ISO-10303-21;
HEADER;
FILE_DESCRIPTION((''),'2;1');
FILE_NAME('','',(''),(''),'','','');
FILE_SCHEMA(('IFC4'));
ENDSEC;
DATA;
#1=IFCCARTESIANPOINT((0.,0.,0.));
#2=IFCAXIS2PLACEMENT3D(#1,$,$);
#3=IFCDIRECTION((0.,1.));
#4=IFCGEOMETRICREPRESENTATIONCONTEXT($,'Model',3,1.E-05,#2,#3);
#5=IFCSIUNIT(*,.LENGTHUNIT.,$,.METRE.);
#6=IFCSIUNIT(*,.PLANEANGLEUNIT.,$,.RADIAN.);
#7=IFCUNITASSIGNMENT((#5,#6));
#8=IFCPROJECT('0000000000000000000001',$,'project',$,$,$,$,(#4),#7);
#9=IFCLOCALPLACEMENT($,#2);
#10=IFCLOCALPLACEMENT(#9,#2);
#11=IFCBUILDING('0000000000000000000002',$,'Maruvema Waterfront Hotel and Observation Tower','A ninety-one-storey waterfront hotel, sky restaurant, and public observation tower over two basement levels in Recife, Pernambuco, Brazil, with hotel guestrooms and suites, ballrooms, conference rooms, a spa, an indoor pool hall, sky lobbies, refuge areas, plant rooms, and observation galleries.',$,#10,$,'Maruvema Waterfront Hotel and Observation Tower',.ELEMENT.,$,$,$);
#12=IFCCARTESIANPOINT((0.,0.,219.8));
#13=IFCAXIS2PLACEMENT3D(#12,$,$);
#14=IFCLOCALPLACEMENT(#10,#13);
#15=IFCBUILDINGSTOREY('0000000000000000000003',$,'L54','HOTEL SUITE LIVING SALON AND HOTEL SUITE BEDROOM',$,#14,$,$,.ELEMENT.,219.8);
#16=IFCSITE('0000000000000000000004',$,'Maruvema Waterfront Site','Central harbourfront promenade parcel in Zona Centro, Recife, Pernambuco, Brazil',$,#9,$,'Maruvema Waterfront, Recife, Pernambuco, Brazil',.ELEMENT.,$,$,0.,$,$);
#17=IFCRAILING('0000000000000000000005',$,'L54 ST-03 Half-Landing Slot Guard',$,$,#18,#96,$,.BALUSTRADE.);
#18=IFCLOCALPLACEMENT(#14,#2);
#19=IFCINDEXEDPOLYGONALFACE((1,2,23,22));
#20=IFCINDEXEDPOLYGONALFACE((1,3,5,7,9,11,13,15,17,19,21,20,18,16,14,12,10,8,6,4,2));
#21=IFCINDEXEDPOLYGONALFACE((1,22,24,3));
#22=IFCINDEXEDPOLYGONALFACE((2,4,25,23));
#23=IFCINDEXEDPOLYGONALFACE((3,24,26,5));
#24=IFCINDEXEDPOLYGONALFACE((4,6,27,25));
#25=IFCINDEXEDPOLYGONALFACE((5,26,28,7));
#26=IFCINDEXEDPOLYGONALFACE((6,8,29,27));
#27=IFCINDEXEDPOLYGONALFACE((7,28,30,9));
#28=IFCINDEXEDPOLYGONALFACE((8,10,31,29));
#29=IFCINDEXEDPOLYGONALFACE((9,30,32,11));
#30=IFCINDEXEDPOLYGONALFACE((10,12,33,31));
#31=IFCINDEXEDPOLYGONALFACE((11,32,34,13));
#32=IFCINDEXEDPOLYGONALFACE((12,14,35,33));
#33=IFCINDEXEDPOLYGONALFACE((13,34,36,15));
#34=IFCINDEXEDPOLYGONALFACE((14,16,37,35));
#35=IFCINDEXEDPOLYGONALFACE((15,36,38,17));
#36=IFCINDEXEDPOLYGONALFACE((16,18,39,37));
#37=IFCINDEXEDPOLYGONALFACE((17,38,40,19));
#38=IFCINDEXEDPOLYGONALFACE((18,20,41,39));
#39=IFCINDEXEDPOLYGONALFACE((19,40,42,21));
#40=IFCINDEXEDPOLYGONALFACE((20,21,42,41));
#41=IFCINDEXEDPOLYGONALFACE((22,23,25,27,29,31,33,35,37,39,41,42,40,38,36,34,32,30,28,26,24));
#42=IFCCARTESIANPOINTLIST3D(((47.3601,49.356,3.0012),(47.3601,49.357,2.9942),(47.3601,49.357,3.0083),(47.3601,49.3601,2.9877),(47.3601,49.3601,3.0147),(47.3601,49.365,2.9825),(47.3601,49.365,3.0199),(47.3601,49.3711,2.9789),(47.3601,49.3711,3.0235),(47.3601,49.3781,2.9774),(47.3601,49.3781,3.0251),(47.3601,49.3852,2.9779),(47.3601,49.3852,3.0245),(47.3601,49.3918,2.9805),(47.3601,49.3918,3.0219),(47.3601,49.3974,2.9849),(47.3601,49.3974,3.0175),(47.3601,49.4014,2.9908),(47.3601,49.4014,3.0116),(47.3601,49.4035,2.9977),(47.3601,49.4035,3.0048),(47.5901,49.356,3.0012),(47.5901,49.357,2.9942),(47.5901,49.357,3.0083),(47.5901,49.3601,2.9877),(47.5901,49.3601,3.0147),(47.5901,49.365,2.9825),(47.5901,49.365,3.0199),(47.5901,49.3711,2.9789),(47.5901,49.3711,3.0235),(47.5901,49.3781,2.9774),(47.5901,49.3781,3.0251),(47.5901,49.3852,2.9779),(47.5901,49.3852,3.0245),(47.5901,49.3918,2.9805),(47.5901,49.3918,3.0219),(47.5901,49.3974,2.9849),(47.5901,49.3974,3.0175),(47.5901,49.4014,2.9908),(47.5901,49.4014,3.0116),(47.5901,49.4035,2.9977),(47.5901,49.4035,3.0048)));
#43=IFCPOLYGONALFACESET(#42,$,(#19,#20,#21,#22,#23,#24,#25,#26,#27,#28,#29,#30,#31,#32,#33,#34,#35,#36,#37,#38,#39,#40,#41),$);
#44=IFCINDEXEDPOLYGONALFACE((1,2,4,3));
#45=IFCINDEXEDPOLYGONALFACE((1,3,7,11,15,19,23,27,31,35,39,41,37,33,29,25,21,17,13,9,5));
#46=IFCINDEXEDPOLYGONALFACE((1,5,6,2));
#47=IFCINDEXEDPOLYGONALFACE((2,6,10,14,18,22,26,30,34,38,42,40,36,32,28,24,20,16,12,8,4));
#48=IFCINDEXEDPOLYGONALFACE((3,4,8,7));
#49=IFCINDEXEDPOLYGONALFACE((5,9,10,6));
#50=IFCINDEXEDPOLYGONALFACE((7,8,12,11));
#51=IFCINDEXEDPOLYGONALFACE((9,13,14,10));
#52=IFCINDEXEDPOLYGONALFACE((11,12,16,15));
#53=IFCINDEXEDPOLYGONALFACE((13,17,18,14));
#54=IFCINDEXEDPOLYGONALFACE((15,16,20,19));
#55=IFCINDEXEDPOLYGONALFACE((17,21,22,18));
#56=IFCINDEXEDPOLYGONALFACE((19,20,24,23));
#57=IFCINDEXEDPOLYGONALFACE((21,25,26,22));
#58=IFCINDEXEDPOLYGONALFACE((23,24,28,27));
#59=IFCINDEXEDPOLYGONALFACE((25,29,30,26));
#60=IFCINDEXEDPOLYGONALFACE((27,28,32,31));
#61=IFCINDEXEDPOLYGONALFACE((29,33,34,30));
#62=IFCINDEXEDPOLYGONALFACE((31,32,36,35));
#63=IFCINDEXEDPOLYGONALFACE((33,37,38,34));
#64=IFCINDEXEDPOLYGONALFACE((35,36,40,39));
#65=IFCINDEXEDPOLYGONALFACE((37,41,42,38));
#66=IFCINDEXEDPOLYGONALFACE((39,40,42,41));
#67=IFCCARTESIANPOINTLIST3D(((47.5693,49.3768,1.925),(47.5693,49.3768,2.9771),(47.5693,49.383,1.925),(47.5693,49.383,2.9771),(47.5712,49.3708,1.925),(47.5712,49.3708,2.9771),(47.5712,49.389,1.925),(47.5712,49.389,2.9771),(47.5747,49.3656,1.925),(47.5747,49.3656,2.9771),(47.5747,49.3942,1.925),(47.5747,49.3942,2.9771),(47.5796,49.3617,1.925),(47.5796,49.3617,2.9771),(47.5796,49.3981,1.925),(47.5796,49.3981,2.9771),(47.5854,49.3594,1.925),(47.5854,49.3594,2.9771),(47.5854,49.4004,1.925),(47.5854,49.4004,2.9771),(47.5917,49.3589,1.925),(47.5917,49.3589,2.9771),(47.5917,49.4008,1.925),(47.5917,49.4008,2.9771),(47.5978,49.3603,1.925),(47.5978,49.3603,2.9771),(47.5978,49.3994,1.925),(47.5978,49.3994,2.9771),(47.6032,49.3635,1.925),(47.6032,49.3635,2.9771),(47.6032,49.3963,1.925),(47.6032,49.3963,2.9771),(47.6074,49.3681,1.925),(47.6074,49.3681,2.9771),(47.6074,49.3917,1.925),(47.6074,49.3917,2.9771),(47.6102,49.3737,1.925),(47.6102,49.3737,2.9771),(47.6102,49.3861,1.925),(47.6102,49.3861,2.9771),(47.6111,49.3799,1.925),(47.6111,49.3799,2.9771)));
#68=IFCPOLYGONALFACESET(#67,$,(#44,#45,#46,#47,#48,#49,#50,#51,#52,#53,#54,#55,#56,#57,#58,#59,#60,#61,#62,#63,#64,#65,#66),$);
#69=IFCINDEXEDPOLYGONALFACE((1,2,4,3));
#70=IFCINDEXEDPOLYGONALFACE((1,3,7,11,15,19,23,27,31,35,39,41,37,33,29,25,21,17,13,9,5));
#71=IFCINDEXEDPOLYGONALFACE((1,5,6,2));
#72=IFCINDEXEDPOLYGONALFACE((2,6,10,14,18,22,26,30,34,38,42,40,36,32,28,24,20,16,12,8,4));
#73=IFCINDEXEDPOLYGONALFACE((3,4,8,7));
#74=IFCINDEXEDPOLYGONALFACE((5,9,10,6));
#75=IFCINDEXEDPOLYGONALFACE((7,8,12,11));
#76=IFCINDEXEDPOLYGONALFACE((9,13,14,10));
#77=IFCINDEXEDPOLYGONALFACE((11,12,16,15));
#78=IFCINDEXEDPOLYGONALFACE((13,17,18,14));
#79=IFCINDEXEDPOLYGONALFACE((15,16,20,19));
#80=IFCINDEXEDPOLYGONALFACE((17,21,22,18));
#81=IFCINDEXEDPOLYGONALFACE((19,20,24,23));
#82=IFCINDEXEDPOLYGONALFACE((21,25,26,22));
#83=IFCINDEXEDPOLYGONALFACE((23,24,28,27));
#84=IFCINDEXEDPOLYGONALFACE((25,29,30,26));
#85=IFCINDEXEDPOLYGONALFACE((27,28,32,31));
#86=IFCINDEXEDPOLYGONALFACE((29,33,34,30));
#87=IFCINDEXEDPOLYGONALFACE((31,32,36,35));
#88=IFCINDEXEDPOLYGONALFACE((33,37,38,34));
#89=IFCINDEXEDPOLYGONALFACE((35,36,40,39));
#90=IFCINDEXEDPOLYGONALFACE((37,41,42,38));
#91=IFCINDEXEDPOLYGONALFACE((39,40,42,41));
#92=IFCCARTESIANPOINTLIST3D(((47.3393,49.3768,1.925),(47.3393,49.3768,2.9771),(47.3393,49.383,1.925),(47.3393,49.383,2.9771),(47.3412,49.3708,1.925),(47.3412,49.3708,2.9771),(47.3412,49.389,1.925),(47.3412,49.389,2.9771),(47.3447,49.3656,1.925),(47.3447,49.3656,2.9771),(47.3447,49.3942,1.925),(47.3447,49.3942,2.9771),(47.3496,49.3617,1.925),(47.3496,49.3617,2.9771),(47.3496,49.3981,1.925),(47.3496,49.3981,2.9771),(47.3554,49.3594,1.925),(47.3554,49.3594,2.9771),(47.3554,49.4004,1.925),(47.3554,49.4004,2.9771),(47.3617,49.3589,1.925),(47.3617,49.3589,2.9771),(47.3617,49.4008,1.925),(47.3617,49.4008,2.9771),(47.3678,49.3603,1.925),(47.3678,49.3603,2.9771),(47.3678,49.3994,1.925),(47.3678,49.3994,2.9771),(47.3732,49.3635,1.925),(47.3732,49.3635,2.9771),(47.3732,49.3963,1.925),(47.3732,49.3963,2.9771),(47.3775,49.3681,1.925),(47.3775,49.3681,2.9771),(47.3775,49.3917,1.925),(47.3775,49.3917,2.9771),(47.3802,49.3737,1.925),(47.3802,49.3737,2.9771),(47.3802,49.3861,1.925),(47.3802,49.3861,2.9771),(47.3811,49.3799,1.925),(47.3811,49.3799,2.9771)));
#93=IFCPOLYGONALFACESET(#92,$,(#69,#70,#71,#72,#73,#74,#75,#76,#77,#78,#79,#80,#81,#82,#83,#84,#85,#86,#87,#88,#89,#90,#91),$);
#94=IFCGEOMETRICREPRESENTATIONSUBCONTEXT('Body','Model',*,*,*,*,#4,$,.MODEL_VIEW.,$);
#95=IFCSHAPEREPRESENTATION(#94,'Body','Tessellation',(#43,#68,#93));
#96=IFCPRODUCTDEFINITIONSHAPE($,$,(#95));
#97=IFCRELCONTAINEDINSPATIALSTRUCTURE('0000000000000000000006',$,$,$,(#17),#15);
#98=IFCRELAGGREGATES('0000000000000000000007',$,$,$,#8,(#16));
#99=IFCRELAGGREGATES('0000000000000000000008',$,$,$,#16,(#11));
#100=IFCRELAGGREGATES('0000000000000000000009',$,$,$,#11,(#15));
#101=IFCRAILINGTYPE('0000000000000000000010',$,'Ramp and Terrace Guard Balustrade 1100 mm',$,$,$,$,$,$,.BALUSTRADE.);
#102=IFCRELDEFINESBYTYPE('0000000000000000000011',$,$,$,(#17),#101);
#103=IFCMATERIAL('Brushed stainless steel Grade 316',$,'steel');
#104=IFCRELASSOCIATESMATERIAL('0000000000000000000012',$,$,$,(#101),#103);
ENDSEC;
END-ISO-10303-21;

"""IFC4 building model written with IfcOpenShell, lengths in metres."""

from ifc_helpers import new_model, si_unit, direction, frame, origin, origin_2d, place, context, subcontext, project, spatial, circle, extrude, material, type_object, element, save


model = new_model("IFC4")

# Units and contexts
model_context = context("Model", 3, precision=1e-05, world=origin(), true_north=direction((0.0, 1.0)))
body_context = subcontext(model_context, "Body", "Model", "MODEL_VIEW")
ifc_project = project(units=[si_unit("LENGTHUNIT", "METRE"), si_unit("PLANEANGLEUNIT", "RADIAN")], contexts=[model_context])

# Site, building, storey
site_placement = place(None, origin())
site = spatial("IfcSite", under=ifc_project, at=site_placement, Name="Maruvema Waterfront Site", Description="Central harbourfront promenade parcel in Zona Centro, Recife, Pernambuco, Brazil", LongName="Maruvema Waterfront, Recife, Pernambuco, Brazil", CompositionType="ELEMENT", RefElevation=0.0)
building_placement = place(site_placement, origin())
building = spatial("IfcBuilding", under=site, at=building_placement, Name="Maruvema Waterfront Hotel and Observation Tower", Description="A ninety-one-storey waterfront hotel, sky restaurant, and public observation tower over two basement levels in Recife, Pernambuco, Brazil, with hotel guestrooms and suites, ballrooms, conference rooms, a spa, an indoor pool hall, sky lobbies, refuge areas, plant rooms, and observation galleries.", LongName="Maruvema Waterfront Hotel and Observation Tower", CompositionType="ELEMENT")
storey_placement = place(building_placement, frame((0.0, 0.0, 219.8)))
storey = spatial("IfcBuildingStorey", under=building, at=storey_placement, Name="L54", Description="HOTEL SUITE LIVING SALON AND HOTEL SUITE BEDROOM", CompositionType="ELEMENT", Elevation=219.8)

# Railing
ifc_material_1 = material(Name="Brushed stainless steel Grade 316", Category="steel")
railing_type_1 = type_object("IfcRailingType", Name="Ramp and Terrace Guard Balustrade 1100 mm", PredefinedType="BALUSTRADE", material=ifc_material_1)
railing_1_placement = place(storey_placement, frame((47.5901, 49.3799, 1.925)))
element("IfcRailing", 1, at=railing_1_placement, inside=storey, type_object=railing_type_1, Name="L54 ST-03 Half-Landing Slot Guard", PredefinedType="BALUSTRADE", context=body_context, shape_type="SweptSolid", body=[
    extrude(circle(Radius=0.0239, at=origin_2d()), frame((0.0, 0.0, 1.0762), z_axis=(-1.0, 0.0, 0.0), x_axis=(0.0, -1.0, 0.0)), (0.0, 0.0, 1.0), 0.23),
    extrude(circle(Radius=0.021, at=origin_2d()), origin(), (0.0, 0.0, 1.0), 1.052),
    extrude(circle(Radius=0.021, at=origin_2d()), frame((-0.23, 0.0, 0.0)), (0.0, 0.0, 1.0), 1.052),
])

save(model, "model.ifc")
